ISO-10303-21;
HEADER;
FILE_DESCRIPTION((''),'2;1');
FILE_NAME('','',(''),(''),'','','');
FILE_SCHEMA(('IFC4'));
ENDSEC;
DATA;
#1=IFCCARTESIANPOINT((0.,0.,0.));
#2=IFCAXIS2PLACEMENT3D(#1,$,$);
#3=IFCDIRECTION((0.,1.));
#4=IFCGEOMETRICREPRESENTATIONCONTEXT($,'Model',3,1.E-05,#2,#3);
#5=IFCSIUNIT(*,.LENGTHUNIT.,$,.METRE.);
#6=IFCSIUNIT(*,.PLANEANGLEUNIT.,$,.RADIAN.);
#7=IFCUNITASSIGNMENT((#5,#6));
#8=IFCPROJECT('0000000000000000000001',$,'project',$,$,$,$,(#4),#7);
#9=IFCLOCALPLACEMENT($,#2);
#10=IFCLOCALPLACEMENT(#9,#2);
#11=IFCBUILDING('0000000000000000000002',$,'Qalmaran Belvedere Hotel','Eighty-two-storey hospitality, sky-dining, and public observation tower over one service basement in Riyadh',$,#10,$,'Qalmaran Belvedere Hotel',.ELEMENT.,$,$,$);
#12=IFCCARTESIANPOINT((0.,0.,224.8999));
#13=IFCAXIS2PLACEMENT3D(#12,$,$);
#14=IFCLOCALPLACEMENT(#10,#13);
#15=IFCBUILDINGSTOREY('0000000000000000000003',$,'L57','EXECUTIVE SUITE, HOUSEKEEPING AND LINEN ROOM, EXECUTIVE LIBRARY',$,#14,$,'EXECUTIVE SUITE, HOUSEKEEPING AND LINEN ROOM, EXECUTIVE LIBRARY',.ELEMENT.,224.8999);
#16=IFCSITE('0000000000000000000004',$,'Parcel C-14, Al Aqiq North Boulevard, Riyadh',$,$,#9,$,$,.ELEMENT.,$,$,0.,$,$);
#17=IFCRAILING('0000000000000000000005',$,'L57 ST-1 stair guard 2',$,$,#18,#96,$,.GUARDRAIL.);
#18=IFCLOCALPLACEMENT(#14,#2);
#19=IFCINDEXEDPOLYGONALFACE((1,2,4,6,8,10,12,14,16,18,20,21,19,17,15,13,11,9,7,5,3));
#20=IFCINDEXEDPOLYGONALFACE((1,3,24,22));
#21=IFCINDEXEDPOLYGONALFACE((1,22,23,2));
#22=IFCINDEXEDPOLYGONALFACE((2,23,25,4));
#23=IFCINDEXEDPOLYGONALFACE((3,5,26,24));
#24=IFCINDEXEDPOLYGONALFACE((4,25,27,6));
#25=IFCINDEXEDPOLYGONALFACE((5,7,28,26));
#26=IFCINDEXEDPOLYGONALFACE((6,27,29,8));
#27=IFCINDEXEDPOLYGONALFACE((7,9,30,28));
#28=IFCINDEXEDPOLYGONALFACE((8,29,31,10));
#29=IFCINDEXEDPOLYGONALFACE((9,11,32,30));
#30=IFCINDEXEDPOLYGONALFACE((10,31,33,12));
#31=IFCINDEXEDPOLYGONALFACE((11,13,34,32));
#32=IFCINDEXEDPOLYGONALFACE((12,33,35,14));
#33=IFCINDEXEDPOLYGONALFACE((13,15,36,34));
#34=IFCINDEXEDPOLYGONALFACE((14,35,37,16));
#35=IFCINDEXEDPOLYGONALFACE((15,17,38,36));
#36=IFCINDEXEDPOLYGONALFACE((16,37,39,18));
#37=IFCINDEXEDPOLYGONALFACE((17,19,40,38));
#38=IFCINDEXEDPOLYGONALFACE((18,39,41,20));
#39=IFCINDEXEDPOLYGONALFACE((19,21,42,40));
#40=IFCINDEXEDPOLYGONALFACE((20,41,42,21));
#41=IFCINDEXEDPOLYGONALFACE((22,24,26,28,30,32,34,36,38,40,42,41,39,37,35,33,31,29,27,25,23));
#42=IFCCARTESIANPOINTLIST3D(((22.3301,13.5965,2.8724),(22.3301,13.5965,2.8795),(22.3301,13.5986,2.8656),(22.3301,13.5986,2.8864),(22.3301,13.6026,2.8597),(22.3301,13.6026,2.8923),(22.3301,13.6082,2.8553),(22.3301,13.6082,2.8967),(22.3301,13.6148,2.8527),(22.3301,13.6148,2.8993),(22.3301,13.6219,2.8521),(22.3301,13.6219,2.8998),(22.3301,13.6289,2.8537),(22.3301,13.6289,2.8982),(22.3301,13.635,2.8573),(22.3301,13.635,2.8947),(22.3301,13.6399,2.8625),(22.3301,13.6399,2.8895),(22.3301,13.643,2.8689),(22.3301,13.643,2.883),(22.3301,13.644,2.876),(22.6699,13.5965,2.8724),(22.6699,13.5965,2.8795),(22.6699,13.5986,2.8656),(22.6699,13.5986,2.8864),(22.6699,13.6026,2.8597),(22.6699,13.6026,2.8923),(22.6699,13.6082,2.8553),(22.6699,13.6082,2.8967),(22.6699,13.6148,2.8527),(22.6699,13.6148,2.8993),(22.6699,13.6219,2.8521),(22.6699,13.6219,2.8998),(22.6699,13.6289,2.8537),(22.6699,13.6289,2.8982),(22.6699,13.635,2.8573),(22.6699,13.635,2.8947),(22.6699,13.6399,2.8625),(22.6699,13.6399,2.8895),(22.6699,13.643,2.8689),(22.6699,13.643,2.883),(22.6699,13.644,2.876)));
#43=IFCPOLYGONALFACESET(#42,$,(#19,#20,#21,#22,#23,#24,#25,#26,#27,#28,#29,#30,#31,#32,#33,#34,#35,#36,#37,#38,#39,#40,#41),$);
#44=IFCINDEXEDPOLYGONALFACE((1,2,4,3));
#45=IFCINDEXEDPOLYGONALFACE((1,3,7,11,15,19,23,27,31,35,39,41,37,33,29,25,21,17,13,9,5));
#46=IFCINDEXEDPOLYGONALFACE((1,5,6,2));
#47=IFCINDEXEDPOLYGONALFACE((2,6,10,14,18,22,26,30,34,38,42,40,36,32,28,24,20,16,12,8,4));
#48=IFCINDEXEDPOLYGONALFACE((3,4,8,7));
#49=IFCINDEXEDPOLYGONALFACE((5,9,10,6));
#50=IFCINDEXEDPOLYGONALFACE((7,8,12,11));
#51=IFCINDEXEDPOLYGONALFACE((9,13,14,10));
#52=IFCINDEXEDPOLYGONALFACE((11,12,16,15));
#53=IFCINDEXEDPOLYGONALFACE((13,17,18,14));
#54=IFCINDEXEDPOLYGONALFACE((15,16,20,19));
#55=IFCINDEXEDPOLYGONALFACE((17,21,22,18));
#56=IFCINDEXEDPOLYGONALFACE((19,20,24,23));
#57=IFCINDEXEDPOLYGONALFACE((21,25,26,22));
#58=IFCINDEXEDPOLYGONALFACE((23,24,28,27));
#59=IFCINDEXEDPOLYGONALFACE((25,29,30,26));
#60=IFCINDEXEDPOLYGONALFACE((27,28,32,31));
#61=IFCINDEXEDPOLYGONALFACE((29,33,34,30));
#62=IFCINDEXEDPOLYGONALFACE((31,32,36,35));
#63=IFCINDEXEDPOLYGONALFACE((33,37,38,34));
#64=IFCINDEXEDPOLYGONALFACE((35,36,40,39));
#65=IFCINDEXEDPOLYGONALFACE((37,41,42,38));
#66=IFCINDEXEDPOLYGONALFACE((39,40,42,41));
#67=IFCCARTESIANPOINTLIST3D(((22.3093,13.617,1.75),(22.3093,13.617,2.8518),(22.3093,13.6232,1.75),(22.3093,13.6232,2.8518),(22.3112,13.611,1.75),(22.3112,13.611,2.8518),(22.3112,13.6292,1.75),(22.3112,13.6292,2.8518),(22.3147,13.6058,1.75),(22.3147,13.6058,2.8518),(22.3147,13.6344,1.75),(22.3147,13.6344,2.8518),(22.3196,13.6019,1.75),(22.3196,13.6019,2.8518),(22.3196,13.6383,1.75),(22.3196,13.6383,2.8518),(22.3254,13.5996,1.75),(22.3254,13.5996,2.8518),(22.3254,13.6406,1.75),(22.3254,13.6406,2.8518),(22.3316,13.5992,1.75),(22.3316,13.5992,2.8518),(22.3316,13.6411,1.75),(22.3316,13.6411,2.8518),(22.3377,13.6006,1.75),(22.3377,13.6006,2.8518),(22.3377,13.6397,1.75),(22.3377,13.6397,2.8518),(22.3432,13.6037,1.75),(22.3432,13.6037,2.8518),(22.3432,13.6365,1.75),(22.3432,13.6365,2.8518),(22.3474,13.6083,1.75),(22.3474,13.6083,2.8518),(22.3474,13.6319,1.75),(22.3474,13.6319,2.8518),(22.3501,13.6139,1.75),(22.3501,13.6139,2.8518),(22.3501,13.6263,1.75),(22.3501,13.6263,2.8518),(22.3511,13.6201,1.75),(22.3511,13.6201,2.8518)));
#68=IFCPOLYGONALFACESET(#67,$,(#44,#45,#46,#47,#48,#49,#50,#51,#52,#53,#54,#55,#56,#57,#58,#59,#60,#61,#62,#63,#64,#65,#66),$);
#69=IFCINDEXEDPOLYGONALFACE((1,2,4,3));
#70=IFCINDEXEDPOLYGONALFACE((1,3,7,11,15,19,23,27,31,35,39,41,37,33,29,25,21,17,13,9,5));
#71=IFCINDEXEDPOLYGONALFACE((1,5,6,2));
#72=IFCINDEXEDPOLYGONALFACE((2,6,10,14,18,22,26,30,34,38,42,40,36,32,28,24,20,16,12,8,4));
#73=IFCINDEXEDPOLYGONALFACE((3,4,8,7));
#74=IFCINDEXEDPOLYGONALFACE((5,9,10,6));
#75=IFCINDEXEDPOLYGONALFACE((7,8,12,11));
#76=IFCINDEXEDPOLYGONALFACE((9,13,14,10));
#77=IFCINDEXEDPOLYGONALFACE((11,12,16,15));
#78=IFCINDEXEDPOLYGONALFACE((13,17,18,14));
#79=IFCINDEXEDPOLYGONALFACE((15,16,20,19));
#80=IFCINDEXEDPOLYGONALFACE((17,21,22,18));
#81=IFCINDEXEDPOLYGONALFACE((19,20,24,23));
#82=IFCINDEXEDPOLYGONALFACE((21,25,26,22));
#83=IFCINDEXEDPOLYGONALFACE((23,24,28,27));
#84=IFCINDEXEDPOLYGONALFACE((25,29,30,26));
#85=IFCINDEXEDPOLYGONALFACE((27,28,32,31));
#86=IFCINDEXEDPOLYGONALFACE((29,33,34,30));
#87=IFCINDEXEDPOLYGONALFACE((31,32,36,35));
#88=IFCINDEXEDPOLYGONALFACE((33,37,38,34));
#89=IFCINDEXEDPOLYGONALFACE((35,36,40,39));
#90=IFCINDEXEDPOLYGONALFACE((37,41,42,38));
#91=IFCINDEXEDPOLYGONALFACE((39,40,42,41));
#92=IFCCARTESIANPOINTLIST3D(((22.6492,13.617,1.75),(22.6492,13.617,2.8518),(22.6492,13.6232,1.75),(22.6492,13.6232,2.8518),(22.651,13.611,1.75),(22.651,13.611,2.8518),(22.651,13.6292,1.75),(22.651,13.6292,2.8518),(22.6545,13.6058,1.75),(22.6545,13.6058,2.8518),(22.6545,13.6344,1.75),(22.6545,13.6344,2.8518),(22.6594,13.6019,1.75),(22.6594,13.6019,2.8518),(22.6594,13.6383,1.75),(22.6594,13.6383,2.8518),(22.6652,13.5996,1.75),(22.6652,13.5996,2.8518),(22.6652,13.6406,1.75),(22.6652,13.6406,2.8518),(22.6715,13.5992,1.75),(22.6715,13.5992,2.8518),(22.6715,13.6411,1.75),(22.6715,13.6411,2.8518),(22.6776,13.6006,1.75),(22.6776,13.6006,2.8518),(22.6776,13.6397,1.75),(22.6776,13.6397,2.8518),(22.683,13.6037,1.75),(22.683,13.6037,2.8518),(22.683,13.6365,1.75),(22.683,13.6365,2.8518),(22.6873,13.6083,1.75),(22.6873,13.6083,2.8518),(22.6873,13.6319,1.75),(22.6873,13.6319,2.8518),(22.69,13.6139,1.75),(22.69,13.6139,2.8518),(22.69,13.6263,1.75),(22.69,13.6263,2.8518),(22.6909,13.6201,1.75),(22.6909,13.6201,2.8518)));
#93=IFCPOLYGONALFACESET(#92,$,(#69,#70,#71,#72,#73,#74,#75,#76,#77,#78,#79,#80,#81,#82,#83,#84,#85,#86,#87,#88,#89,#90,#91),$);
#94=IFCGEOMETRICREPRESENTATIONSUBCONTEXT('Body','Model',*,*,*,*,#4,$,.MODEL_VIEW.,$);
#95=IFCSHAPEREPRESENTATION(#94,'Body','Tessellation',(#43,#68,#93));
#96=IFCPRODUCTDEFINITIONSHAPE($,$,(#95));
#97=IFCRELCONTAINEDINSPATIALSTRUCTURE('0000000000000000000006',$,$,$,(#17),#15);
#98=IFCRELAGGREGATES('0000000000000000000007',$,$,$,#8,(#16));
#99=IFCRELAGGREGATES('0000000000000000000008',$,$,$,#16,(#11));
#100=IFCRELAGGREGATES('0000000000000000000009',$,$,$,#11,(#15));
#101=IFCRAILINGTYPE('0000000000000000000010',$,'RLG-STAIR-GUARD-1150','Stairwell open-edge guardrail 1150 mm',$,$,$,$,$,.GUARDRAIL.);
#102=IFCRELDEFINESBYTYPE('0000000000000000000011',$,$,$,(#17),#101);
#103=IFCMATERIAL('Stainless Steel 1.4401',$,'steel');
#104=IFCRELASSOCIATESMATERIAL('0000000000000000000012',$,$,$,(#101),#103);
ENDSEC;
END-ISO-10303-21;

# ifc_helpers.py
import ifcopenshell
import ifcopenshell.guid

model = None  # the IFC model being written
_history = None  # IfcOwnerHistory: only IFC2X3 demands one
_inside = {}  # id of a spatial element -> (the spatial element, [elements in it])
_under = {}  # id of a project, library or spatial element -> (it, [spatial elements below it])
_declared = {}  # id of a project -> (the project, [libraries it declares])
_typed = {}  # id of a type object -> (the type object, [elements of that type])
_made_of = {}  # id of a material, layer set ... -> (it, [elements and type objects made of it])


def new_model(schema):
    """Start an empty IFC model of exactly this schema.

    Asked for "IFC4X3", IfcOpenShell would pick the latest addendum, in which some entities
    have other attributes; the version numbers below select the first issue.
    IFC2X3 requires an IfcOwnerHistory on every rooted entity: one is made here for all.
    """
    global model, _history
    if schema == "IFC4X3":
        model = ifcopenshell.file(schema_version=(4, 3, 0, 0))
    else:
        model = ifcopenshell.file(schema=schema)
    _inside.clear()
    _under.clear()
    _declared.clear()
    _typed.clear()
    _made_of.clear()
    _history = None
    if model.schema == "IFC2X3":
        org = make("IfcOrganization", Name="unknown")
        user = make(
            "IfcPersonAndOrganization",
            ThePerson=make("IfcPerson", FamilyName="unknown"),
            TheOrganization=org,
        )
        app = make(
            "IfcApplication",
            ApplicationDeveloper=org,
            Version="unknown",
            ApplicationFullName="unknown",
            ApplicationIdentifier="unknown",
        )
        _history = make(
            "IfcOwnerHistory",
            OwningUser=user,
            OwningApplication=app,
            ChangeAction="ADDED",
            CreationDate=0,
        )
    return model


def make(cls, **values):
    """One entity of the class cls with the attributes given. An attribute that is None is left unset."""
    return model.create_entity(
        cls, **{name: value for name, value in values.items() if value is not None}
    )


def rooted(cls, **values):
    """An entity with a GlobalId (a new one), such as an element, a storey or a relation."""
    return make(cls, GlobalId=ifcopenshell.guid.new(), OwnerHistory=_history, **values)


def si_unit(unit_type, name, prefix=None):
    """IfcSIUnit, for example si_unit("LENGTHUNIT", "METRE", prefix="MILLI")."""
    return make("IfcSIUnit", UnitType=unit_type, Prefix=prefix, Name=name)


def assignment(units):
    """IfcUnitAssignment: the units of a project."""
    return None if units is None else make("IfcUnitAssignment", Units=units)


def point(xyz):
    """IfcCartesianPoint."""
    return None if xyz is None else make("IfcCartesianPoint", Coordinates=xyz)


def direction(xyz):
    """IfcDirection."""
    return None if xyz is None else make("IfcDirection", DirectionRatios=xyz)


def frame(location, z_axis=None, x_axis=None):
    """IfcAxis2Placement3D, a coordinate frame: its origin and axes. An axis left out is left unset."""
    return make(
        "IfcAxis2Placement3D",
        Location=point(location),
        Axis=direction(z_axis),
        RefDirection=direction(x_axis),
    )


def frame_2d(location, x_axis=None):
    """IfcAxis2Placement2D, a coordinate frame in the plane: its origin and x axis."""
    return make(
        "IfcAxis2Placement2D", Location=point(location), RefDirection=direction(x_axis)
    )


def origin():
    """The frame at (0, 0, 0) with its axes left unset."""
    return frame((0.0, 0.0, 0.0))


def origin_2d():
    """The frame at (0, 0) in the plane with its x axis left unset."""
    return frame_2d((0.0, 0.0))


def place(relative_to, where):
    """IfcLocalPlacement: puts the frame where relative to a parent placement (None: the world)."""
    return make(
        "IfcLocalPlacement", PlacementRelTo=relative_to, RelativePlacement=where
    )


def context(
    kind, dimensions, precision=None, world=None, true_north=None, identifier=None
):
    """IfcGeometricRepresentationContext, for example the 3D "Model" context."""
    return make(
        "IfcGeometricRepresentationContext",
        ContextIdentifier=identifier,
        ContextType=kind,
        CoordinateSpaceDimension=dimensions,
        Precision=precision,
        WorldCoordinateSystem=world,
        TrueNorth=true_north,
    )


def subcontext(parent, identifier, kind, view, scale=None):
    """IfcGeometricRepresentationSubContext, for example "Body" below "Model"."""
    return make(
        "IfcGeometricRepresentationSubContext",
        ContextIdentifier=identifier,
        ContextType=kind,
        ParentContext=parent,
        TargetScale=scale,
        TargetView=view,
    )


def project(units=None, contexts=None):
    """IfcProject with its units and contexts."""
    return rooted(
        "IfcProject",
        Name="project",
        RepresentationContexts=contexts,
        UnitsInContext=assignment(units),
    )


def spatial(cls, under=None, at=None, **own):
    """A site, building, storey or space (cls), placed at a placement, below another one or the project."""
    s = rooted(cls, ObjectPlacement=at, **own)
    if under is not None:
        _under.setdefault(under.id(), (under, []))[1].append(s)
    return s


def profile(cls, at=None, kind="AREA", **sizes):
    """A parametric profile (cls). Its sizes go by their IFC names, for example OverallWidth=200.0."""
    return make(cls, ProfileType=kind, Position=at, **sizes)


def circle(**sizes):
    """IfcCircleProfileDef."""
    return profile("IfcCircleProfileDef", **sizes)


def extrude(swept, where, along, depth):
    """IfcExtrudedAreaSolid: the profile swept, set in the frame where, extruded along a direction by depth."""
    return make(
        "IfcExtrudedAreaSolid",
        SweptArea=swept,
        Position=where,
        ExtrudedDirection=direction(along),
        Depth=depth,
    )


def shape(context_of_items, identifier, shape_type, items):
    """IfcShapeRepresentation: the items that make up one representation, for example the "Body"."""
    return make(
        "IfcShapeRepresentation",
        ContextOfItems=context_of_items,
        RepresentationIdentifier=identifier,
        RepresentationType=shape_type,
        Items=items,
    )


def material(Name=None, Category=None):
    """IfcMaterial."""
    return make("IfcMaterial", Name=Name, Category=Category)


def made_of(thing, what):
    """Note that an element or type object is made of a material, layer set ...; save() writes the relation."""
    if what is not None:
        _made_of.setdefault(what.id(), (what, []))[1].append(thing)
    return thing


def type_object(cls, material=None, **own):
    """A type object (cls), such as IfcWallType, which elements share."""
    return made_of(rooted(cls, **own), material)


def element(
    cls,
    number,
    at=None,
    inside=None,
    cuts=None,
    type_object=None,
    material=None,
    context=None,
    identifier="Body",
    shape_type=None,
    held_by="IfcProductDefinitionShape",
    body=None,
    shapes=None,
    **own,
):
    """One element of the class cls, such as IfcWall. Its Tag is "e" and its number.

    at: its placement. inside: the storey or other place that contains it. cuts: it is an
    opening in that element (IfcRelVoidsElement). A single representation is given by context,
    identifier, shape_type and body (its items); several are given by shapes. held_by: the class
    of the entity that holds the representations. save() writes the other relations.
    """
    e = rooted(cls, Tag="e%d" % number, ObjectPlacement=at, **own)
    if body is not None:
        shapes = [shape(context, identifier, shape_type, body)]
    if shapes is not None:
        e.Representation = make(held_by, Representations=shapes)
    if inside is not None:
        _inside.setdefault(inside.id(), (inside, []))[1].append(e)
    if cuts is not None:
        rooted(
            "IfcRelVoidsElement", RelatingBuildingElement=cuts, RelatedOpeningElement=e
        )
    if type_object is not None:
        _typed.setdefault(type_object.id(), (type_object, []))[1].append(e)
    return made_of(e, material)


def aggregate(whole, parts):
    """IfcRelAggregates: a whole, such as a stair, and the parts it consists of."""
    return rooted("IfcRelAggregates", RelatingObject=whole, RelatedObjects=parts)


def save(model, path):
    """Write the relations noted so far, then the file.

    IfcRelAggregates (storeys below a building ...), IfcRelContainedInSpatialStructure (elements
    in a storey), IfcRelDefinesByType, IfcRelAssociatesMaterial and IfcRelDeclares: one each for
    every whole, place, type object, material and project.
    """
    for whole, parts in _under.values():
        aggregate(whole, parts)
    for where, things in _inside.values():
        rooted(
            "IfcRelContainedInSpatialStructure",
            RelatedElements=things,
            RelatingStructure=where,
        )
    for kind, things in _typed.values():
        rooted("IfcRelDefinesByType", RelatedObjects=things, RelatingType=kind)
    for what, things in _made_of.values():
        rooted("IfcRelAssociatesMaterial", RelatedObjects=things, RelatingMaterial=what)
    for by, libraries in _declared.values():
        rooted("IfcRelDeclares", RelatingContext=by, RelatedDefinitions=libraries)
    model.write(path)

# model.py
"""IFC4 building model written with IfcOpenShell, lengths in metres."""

from ifc_helpers import new_model, si_unit, direction, frame, origin, origin_2d, place, context, subcontext, project, spatial, circle, extrude, material, type_object, element, save


model = new_model("IFC4")

# Units and contexts
model_context = context("Model", 3, precision=1e-05, world=origin(), true_north=direction((0.0, 1.0)))
body_context = subcontext(model_context, "Body", "Model", "MODEL_VIEW")
ifc_project = project(units=[si_unit("LENGTHUNIT", "METRE"), si_unit("PLANEANGLEUNIT", "RADIAN")], contexts=[model_context])

# Site, building, storey
site_placement = place(None, origin())
site = spatial("IfcSite", under=ifc_project, at=site_placement, Name="Parcel C-14, Al Aqiq North Boulevard, Riyadh", CompositionType="ELEMENT", RefElevation=0.0)
building_placement = place(site_placement, origin())
building = spatial("IfcBuilding", under=site, at=building_placement, Name="Qalmaran Belvedere Hotel", Description="Eighty-two-storey hospitality, sky-dining, and public observation tower over one service basement in Riyadh", LongName="Qalmaran Belvedere Hotel", CompositionType="ELEMENT")
storey_placement = place(building_placement, frame((0.0, 0.0, 224.8999)))
storey = spatial("IfcBuildingStorey", under=building, at=storey_placement, Name="L57", Description="EXECUTIVE SUITE, HOUSEKEEPING AND LINEN ROOM, EXECUTIVE LIBRARY", LongName="EXECUTIVE SUITE, HOUSEKEEPING AND LINEN ROOM, EXECUTIVE LIBRARY", CompositionType="ELEMENT", Elevation=224.8999)

# Railing
ifc_material_1 = material(Name="Stainless Steel 1.4401", Category="steel")
railing_type_1 = type_object("IfcRailingType", Name="RLG-STAIR-GUARD-1150", Description="Stairwell open-edge guardrail 1150 mm", PredefinedType="GUARDRAIL", material=ifc_material_1)
railing_1_placement = place(storey_placement, frame((22.3301, 13.6201, 1.75)))
element("IfcRailing", 1, at=railing_1_placement, inside=storey, type_object=railing_type_1, Name="L57 ST-1 stair guard 2", PredefinedType="GUARDRAIL", context=body_context, shape_type="SweptSolid", body=[
    extrude(circle(Radius=0.0239, at=origin_2d()), frame((0.0, 0.0, 1.126), z_axis=(1.0, 0.0, 0.0), x_axis=(0.0, 1.0, 0.0)), (0.0, 0.0, 1.0), 0.3398),
    extrude(circle(Radius=0.021, at=origin_2d()), origin(), (0.0, 0.0, 1.0), 1.1018),
    extrude(circle(Radius=0.021, at=origin_2d()), frame((0.3398, 0.0, 0.0)), (0.0, 0.0, 1.0), 1.1018),
])

save(model, "model.ifc")
